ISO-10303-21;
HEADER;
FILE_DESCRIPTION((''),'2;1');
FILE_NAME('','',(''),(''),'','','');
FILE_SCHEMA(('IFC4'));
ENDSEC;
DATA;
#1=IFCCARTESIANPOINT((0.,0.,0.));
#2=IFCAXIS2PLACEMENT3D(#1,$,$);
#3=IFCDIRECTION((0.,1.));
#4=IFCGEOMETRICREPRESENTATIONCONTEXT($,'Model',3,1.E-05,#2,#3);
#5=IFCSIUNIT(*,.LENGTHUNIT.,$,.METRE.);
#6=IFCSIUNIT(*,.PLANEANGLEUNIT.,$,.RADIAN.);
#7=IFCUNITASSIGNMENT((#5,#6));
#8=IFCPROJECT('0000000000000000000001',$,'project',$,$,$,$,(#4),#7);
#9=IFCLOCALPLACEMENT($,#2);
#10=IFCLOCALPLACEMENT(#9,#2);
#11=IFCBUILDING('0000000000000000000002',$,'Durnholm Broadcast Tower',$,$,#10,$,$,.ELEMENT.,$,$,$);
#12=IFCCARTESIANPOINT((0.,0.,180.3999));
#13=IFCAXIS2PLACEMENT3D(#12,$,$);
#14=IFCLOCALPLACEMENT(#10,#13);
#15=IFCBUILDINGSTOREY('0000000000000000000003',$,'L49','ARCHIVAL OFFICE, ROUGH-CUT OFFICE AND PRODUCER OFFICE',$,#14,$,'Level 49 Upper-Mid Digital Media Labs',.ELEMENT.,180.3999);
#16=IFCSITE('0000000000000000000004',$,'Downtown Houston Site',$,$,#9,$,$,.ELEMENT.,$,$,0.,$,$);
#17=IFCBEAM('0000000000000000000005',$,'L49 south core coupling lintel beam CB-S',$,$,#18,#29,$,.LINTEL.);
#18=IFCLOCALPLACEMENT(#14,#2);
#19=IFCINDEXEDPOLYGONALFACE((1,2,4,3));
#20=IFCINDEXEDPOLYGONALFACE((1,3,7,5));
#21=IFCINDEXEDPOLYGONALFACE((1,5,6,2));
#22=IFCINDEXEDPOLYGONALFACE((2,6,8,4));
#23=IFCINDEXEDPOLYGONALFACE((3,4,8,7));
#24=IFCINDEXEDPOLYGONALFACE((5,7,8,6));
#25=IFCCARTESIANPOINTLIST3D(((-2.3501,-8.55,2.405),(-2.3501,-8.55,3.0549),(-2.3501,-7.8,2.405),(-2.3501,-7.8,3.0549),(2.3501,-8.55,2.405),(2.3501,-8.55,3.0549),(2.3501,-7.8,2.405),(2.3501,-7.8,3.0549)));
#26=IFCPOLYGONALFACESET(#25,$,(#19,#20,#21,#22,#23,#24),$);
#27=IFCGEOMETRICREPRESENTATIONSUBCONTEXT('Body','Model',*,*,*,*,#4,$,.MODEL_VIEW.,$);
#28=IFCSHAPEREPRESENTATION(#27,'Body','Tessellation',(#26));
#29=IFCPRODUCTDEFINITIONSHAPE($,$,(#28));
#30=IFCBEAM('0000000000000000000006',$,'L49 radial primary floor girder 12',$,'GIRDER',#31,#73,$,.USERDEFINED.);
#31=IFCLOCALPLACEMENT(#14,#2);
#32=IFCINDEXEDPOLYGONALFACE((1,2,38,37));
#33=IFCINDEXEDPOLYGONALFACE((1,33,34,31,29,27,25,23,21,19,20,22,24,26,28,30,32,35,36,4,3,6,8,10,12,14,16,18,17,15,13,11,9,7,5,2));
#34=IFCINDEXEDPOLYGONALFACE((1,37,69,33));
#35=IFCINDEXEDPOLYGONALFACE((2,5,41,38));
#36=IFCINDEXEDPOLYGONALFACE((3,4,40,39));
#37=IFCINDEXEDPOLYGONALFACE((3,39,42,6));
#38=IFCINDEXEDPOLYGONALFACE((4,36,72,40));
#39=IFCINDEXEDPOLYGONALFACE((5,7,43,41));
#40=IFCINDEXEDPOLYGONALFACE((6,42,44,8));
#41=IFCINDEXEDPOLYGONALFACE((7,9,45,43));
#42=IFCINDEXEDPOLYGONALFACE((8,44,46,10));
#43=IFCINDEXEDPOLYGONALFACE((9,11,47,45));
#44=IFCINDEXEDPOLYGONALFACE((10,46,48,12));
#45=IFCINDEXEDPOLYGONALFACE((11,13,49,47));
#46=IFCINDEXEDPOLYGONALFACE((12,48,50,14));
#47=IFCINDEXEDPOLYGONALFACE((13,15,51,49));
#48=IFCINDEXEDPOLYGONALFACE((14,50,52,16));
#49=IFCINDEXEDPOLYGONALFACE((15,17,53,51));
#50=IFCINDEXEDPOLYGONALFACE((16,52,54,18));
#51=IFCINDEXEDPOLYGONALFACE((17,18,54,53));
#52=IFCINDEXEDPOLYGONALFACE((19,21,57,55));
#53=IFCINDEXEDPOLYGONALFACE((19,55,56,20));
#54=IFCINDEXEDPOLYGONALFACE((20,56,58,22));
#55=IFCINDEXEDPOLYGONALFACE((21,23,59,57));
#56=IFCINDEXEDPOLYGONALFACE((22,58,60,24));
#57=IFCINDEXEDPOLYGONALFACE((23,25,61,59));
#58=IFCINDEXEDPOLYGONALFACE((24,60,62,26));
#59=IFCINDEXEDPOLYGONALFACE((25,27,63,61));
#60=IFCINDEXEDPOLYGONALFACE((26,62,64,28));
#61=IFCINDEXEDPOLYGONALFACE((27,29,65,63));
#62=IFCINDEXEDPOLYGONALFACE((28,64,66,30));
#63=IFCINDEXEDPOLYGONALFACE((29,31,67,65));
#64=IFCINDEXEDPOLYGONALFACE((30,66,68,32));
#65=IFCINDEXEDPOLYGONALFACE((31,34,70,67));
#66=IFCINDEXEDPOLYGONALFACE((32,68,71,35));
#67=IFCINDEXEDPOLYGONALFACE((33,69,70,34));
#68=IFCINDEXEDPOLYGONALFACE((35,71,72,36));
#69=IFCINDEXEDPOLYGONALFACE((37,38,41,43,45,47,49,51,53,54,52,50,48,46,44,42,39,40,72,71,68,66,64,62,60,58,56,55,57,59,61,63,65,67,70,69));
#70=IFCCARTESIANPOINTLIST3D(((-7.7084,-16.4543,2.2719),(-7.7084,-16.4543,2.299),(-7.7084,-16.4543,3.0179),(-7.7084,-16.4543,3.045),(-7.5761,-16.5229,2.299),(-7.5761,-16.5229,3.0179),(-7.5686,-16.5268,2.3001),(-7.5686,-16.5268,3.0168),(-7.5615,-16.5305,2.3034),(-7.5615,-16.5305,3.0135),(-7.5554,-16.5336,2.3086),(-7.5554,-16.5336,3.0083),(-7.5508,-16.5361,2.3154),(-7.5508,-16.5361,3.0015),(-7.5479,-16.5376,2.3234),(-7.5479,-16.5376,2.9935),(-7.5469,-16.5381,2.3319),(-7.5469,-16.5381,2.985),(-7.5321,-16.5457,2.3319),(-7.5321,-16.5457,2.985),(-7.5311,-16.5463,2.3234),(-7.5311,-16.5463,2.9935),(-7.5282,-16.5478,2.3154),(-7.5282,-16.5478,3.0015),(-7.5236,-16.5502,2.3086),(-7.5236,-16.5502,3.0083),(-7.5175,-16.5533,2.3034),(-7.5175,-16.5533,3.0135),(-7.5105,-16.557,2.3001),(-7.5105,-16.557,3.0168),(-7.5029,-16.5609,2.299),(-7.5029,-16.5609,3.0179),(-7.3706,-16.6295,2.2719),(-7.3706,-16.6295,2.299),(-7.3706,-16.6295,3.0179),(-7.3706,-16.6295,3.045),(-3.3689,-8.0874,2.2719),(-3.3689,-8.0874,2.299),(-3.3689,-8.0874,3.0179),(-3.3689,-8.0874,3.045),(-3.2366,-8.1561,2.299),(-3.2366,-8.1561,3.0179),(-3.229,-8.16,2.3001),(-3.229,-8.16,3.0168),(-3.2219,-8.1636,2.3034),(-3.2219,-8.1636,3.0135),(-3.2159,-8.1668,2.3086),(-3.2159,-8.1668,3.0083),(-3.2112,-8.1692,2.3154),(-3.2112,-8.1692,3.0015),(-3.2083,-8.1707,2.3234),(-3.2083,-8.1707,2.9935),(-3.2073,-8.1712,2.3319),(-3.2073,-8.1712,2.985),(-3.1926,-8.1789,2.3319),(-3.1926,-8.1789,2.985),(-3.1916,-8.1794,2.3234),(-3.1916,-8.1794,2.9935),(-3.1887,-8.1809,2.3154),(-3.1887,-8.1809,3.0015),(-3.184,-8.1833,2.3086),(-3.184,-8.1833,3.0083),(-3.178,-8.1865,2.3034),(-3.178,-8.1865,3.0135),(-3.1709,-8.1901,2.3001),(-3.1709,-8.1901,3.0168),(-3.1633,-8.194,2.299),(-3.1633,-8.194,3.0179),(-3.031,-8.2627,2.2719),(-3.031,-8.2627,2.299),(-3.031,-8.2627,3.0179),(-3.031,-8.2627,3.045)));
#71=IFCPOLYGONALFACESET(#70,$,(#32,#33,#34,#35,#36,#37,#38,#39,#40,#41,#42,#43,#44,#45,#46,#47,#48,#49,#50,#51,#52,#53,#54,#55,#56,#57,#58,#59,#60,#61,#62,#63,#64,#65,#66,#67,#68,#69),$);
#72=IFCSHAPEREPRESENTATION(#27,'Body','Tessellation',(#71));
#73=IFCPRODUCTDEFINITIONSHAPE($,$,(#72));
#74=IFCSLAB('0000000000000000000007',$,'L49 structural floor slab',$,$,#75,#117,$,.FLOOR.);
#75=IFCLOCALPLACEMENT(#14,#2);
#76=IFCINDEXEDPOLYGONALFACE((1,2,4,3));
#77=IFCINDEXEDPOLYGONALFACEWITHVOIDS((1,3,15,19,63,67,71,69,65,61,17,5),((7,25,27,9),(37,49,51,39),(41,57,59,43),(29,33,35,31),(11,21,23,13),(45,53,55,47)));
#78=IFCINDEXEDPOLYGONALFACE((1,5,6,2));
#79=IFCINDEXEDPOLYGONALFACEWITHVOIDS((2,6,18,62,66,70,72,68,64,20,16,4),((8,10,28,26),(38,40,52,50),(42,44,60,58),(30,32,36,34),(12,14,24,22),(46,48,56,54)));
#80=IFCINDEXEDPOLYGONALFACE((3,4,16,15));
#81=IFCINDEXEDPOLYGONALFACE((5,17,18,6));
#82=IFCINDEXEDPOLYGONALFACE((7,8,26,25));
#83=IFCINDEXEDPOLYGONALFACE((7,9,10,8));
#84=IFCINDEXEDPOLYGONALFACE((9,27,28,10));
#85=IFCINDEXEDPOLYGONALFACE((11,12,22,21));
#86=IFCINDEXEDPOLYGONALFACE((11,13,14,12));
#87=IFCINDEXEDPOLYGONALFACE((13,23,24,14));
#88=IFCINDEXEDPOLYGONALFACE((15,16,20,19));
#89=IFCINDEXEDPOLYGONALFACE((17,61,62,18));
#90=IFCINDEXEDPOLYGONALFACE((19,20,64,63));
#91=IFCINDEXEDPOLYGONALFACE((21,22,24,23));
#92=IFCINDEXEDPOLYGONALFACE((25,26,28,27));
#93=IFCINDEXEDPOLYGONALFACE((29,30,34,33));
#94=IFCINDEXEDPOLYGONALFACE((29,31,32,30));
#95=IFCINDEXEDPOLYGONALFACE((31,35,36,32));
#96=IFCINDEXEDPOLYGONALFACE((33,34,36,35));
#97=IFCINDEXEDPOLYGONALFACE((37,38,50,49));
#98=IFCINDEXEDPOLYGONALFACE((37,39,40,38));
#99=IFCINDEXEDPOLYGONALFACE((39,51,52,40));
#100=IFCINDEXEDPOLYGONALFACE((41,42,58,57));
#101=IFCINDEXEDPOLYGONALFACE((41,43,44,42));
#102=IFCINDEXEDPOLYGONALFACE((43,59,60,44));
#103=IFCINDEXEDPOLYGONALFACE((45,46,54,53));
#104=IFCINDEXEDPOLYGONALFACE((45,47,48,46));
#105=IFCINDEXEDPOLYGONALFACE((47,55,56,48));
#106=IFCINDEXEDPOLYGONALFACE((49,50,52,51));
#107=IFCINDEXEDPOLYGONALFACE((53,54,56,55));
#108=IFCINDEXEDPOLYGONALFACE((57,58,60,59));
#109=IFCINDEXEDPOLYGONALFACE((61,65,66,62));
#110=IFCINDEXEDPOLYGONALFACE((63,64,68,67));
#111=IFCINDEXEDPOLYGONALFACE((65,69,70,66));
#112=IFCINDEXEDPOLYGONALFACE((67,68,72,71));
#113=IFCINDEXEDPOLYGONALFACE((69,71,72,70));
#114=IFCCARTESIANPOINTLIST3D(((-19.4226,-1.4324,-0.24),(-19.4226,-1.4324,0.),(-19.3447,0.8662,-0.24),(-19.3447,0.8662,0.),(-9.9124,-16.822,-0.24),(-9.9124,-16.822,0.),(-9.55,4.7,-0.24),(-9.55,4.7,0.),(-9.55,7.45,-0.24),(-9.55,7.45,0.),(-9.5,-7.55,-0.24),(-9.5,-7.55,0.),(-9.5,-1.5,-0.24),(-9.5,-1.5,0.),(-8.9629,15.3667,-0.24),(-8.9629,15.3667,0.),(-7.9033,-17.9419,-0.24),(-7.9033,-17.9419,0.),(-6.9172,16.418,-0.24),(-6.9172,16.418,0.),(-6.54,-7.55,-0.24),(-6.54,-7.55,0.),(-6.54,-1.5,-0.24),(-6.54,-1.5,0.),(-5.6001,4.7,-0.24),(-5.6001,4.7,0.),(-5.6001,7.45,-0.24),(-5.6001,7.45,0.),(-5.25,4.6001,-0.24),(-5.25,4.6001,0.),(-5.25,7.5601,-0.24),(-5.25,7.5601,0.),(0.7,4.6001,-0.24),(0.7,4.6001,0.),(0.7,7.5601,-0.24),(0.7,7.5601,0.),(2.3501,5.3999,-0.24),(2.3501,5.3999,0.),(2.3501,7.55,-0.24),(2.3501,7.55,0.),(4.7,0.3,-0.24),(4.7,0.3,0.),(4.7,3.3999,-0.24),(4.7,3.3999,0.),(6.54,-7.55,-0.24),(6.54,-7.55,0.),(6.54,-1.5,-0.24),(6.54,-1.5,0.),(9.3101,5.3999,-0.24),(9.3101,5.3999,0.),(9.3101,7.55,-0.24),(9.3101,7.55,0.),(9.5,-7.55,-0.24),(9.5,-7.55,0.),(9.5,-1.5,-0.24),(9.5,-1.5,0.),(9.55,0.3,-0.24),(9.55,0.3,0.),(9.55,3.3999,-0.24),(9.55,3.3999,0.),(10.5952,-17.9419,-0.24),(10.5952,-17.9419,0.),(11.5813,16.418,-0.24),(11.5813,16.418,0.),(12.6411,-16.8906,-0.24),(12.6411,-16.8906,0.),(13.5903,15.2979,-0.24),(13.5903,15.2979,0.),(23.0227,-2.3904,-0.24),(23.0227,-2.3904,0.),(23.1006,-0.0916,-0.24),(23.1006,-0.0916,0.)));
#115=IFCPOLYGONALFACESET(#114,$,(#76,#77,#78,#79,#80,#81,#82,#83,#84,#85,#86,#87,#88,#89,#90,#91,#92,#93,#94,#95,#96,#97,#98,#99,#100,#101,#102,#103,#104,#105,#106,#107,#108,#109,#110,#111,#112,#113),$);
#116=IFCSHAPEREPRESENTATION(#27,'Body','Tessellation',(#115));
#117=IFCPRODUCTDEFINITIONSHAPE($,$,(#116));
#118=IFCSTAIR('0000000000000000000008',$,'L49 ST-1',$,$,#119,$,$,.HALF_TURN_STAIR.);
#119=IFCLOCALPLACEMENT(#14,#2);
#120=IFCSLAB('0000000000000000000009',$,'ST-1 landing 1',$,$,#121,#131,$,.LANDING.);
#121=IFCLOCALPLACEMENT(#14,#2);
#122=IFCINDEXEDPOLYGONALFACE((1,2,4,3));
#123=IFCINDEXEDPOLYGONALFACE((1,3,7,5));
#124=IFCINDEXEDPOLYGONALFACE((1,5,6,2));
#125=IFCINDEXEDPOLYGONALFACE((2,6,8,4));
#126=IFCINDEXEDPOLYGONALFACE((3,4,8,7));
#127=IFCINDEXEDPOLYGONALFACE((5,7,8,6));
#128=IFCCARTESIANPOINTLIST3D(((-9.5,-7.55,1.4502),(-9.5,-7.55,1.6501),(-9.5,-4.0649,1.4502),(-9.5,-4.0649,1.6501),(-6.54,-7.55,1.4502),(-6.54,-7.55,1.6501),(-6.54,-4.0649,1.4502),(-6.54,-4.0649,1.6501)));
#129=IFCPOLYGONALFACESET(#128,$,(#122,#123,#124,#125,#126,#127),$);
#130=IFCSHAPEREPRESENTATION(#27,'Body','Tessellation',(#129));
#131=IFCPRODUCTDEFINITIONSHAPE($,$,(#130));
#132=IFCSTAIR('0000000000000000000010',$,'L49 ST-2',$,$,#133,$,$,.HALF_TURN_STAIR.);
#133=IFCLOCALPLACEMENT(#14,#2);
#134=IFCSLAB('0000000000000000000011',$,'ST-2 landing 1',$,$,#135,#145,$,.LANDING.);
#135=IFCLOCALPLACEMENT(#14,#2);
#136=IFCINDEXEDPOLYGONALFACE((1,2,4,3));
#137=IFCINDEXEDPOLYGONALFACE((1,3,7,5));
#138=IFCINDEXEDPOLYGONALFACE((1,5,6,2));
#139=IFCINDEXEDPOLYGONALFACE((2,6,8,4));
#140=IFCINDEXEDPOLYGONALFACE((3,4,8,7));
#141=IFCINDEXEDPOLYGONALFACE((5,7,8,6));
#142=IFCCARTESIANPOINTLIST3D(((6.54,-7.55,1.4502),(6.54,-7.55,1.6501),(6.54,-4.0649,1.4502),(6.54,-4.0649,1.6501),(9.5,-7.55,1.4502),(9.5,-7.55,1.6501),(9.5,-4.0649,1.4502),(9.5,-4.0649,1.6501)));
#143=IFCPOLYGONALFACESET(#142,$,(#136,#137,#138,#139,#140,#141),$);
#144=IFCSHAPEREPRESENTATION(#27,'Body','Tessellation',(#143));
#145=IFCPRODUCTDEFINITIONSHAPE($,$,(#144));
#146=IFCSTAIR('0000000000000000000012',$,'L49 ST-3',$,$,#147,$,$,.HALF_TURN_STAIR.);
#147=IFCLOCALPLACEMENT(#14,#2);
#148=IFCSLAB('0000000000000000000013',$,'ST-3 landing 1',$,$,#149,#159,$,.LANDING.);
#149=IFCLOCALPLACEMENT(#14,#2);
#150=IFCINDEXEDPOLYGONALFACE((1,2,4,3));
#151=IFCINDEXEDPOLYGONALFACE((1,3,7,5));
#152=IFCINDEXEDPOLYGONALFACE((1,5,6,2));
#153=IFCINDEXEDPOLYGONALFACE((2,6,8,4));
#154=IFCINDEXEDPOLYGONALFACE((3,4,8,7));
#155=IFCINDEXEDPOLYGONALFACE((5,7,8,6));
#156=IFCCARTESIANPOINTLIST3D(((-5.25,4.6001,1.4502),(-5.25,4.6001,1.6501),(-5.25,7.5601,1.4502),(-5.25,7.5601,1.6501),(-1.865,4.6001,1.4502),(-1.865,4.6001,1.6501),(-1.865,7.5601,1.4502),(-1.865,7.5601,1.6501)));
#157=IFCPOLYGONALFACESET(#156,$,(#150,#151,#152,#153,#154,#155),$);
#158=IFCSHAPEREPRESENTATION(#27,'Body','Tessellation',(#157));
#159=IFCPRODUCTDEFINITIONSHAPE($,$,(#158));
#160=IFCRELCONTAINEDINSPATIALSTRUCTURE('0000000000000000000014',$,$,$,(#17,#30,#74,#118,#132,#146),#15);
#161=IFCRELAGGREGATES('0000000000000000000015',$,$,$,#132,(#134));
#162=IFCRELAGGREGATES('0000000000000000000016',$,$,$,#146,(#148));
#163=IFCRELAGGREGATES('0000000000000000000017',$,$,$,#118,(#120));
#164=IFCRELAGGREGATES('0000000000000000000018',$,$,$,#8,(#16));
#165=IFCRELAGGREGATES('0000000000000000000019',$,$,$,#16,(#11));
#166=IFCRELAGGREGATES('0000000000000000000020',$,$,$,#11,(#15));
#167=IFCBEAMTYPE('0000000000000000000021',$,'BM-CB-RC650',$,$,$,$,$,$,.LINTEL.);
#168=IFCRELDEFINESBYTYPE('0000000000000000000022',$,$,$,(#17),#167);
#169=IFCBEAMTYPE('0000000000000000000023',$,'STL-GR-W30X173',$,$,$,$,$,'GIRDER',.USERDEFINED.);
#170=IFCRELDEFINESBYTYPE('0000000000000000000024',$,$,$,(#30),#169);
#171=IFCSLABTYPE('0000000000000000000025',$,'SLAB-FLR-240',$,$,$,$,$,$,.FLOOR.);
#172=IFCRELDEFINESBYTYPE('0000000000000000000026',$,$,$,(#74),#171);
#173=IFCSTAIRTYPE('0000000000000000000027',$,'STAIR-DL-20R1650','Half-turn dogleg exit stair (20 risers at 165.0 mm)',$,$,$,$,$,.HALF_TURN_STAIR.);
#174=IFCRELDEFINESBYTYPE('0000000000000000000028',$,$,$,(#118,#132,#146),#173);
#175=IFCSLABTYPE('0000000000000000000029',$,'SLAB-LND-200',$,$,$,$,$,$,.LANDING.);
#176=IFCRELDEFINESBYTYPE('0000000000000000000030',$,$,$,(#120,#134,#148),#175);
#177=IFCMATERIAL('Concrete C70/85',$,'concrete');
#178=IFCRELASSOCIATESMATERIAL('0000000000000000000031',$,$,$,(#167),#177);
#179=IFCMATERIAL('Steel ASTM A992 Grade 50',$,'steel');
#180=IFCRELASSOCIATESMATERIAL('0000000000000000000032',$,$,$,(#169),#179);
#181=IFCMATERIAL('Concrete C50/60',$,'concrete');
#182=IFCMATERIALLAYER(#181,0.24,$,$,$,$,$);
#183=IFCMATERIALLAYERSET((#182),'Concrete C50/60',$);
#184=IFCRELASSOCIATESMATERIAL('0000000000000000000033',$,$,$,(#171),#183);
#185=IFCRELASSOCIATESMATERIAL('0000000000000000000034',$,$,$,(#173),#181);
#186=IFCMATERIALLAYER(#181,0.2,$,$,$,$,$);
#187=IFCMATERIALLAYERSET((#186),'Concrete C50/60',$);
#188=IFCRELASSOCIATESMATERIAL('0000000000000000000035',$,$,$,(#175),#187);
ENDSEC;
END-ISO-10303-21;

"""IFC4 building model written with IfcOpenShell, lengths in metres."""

from ifc_helpers import new_model, si_unit, direction, frame, origin, origin_2d, place, context, subcontext, project, spatial, polyline, rectangle, i_section, outline, extrude, source, transform, mapped, material, layer, layer_set, material_profile, profile_set, type_object, type_shapes, element, aggregate, save


model = new_model("IFC4")

# Units and contexts
model_context = context("Model", 3, precision=1e-05, world=origin(), true_north=direction((0.0, 1.0)))
body_context = subcontext(model_context, "Body", "Model", "MODEL_VIEW")
ifc_project = project(units=[si_unit("LENGTHUNIT", "METRE"), si_unit("PLANEANGLEUNIT", "RADIAN")], contexts=[model_context])

# Site, building, storey
site_placement = place(None, origin())
site = spatial("IfcSite", under=ifc_project, at=site_placement, Name="Downtown Houston Site", CompositionType="ELEMENT", RefElevation=0.0)
building_placement = place(site_placement, origin())
building = spatial("IfcBuilding", under=site, at=building_placement, Name="Durnholm Broadcast Tower", CompositionType="ELEMENT")
storey_placement = place(building_placement, frame((0.0, 0.0, 180.3999)))
storey = spatial("IfcBuildingStorey", under=building, at=storey_placement, Name="L49", Description="ARCHIVAL OFFICE, ROUGH-CUT OFFICE AND PRODUCER OFFICE", LongName="Level 49 Upper-Mid Digital Media Labs", CompositionType="ELEMENT", Elevation=180.3999)

# Beams
ifc_material_1 = material(Name="Concrete C70/85", Category="concrete")
ifc_material_profile_1 = material_profile(ifc_material_1, rectangle(XDim=0.75, YDim=0.6499, at=origin_2d()), Name="RC750X650")
ifc_profile_set_1 = profile_set([ifc_material_profile_1], Name="Concrete C70/85")
beam_type_1 = type_object("IfcBeamType", Name="BM-CB-RC650", PredefinedType="LINTEL", material=ifc_profile_set_1)
shared_shape_1 = source(origin(), body_context, "Body", "SweptSolid", [
    extrude(rectangle(XDim=0.75, YDim=0.6499, at=origin_2d()), origin(), (0.0, 0.0, 1.0), 4.7002),
])
type_shapes(beam_type_1, [shared_shape_1])
beam_1_placement = place(storey_placement, frame((-2.3501, -8.175, 2.73), z_axis=(1.0, 0.0, 0.0), x_axis=(0.0, 1.0, 0.0)))
element("IfcBeam", 1, at=beam_1_placement, inside=storey, type_object=beam_type_1, Name="L49 south core coupling lintel beam CB-S", PredefinedType="LINTEL", context=body_context, shape_type="MappedRepresentation", body=[
    mapped(shared_shape_1, transform((0.0, 0.0, 0.0), x_axis=(1.0, 0.0, 0.0), y_axis=(0.0, 1.0, 0.0), z_axis=(0.0, 0.0, 1.0), scale=1.0)),
])
ifc_material_2 = material(Name="Steel ASTM A992 Grade 50", Category="steel")
ifc_material_profile_2 = material_profile(ifc_material_2, i_section(OverallWidth=0.3806, OverallDepth=0.7732, WebThickness=0.0166, FlangeThickness=0.0271, FilletRadius=0.033, at=origin_2d()), Name="W30X173")
ifc_profile_set_2 = profile_set([ifc_material_profile_2], Name="Steel ASTM A992 Grade 50")
beam_type_2 = type_object("IfcBeamType", Name="STL-GR-W30X173", ElementType="GIRDER", PredefinedType="USERDEFINED", material=ifc_profile_set_2)
shared_shape_2 = source(origin(), body_context, "Body", "SweptSolid", [
    extrude(i_section(OverallWidth=0.3806, OverallDepth=0.7732, WebThickness=0.0166, FlangeThickness=0.0271, FilletRadius=0.033, at=origin_2d()), origin(), (0.0, 0.0, 1.0), 9.4253),
])
type_shapes(beam_type_2, [shared_shape_2])
beam_2_placement = place(storey_placement, frame((-3.2, -8.175, 2.6584), z_axis=(-0.460416, -0.887703, 0.0), x_axis=(0.887703, -0.460416, 0.0)))
element("IfcBeam", 2, at=beam_2_placement, inside=storey, type_object=beam_type_2, Name="L49 radial primary floor girder 12", ObjectType="GIRDER", PredefinedType="USERDEFINED", context=body_context, shape_type="MappedRepresentation", body=[
    mapped(shared_shape_2, transform((0.0, 0.0, 0.0), x_axis=(1.0, 0.0, 0.0), y_axis=(0.0, 1.0, 0.0), z_axis=(0.0, 0.0, 1.0), scale=1.0)),
])

# Slab
ifc_material_3 = material(Name="Concrete C50/60", Category="concrete")
ifc_layer_1 = layer(ifc_material_3, 0.24)
ifc_layer_set_1 = layer_set([ifc_layer_1], Name="Concrete C50/60")
slab_type_1 = type_object("IfcSlabType", Name="SLAB-FLR-240", PredefinedType="FLOOR", material=ifc_layer_set_1)
slab_1_placement = place(storey_placement, frame((0.0, 0.0, -0.24)))
element("IfcSlab", 3, at=slab_1_placement, inside=storey, type_object=slab_type_1, Name="L49 structural floor slab", PredefinedType="FLOOR", context=body_context, shape_type="SweptSolid", body=[
    extrude(outline(polyline([(-9.9124, -16.822), (-7.9033, -17.9419), (10.5952, -17.9419), (12.6411, -16.8906), (23.0227, -2.3904), (23.1006, -0.0916), (13.5903, 15.2979), (11.5813, 16.418), (-6.9172, 16.418), (-8.9629, 15.3667), (-19.3447, 0.8662), (-19.4226, -1.4324), (-9.9124, -16.822)]), holes=[polyline([(-6.54, -1.5), (-9.5, -1.5), (-9.5, -7.55), (-6.54, -7.55), (-6.54, -1.5)]), polyline([(9.5, -7.55), (9.5, -1.5), (6.54, -1.5), (6.54, -7.55), (9.5, -7.55)]), polyline([(9.55, 3.3999), (4.7, 3.3999), (4.7, 0.3), (9.55, 0.3), (9.55, 3.3999)]), polyline([(-9.55, 7.45), (-9.55, 4.7), (-5.6001, 4.7), (-5.6001, 7.45), (-9.55, 7.45)]), polyline([(-5.25, 4.6001), (0.7, 4.6001), (0.7, 7.5601), (-5.25, 7.5601), (-5.25, 4.6001)]), polyline([(9.3101, 7.55), (2.3501, 7.55), (2.3501, 5.3999), (9.3101, 5.3999), (9.3101, 7.55)])]), origin(), (0.0, 0.0, 1.0), 0.24),
])

# Stairs, slabs
stair_type = type_object("IfcStairType", Name="STAIR-DL-20R1650", Description="Half-turn dogleg exit stair (20 risers at 165.0 mm)", PredefinedType="HALF_TURN_STAIR", material=ifc_material_3)
stair_1_placement = place(storey_placement, origin())
stair_1 = element("IfcStair", 4, at=stair_1_placement, inside=storey, type_object=stair_type, Name="L49 ST-1", PredefinedType="HALF_TURN_STAIR")
ifc_layer_2 = layer(ifc_material_3, 0.2)
ifc_layer_set_2 = layer_set([ifc_layer_2], Name="Concrete C50/60")
slab_type_2 = type_object("IfcSlabType", Name="SLAB-LND-200", PredefinedType="LANDING", material=ifc_layer_set_2)
slab_2_placement = place(storey_placement, frame((0.0, 0.0, 1.4502)))
slab_2 = element("IfcSlab", 5, at=slab_2_placement, type_object=slab_type_2, Name="ST-1 landing 1", PredefinedType="LANDING", context=body_context, shape_type="SweptSolid", body=[
    extrude(outline(polyline([(-9.5, -4.0649), (-9.5, -7.55), (-6.54, -7.55), (-6.54, -4.0649), (-9.5, -4.0649)])), origin(), (0.0, 0.0, 1.0), 0.2),
])
stair_2_placement = place(storey_placement, origin())
stair_2 = element("IfcStair", 6, at=stair_2_placement, inside=storey, type_object=stair_type, Name="L49 ST-2", PredefinedType="HALF_TURN_STAIR")
slab_3_placement = place(storey_placement, frame((0.0, 0.0, 1.4502)))
slab_3 = element("IfcSlab", 7, at=slab_3_placement, type_object=slab_type_2, Name="ST-2 landing 1", PredefinedType="LANDING", context=body_context, shape_type="SweptSolid", body=[
    extrude(outline(polyline([(6.54, -4.0649), (6.54, -7.55), (9.5, -7.55), (9.5, -4.0649), (6.54, -4.0649)])), origin(), (0.0, 0.0, 1.0), 0.2),
])
aggregate(stair_2, [slab_3])
stair_3_placement = place(storey_placement, origin())
stair_3 = element("IfcStair", 8, at=stair_3_placement, inside=storey, type_object=stair_type, Name="L49 ST-3", PredefinedType="HALF_TURN_STAIR")
slab_4_placement = place(storey_placement, frame((0.0, 0.0, 1.4502)))
slab_4 = element("IfcSlab", 9, at=slab_4_placement, type_object=slab_type_2, Name="ST-3 landing 1", PredefinedType="LANDING", context=body_context, shape_type="SweptSolid", body=[
    extrude(outline(polyline([(-1.865, 7.5601), (-5.25, 7.5601), (-5.25, 4.6001), (-1.865, 4.6001), (-1.865, 7.5601)])), origin(), (0.0, 0.0, 1.0), 0.2),
])
aggregate(stair_3, [slab_4])

aggregate(stair_1, [slab_2])

save(model, "model.ifc")
